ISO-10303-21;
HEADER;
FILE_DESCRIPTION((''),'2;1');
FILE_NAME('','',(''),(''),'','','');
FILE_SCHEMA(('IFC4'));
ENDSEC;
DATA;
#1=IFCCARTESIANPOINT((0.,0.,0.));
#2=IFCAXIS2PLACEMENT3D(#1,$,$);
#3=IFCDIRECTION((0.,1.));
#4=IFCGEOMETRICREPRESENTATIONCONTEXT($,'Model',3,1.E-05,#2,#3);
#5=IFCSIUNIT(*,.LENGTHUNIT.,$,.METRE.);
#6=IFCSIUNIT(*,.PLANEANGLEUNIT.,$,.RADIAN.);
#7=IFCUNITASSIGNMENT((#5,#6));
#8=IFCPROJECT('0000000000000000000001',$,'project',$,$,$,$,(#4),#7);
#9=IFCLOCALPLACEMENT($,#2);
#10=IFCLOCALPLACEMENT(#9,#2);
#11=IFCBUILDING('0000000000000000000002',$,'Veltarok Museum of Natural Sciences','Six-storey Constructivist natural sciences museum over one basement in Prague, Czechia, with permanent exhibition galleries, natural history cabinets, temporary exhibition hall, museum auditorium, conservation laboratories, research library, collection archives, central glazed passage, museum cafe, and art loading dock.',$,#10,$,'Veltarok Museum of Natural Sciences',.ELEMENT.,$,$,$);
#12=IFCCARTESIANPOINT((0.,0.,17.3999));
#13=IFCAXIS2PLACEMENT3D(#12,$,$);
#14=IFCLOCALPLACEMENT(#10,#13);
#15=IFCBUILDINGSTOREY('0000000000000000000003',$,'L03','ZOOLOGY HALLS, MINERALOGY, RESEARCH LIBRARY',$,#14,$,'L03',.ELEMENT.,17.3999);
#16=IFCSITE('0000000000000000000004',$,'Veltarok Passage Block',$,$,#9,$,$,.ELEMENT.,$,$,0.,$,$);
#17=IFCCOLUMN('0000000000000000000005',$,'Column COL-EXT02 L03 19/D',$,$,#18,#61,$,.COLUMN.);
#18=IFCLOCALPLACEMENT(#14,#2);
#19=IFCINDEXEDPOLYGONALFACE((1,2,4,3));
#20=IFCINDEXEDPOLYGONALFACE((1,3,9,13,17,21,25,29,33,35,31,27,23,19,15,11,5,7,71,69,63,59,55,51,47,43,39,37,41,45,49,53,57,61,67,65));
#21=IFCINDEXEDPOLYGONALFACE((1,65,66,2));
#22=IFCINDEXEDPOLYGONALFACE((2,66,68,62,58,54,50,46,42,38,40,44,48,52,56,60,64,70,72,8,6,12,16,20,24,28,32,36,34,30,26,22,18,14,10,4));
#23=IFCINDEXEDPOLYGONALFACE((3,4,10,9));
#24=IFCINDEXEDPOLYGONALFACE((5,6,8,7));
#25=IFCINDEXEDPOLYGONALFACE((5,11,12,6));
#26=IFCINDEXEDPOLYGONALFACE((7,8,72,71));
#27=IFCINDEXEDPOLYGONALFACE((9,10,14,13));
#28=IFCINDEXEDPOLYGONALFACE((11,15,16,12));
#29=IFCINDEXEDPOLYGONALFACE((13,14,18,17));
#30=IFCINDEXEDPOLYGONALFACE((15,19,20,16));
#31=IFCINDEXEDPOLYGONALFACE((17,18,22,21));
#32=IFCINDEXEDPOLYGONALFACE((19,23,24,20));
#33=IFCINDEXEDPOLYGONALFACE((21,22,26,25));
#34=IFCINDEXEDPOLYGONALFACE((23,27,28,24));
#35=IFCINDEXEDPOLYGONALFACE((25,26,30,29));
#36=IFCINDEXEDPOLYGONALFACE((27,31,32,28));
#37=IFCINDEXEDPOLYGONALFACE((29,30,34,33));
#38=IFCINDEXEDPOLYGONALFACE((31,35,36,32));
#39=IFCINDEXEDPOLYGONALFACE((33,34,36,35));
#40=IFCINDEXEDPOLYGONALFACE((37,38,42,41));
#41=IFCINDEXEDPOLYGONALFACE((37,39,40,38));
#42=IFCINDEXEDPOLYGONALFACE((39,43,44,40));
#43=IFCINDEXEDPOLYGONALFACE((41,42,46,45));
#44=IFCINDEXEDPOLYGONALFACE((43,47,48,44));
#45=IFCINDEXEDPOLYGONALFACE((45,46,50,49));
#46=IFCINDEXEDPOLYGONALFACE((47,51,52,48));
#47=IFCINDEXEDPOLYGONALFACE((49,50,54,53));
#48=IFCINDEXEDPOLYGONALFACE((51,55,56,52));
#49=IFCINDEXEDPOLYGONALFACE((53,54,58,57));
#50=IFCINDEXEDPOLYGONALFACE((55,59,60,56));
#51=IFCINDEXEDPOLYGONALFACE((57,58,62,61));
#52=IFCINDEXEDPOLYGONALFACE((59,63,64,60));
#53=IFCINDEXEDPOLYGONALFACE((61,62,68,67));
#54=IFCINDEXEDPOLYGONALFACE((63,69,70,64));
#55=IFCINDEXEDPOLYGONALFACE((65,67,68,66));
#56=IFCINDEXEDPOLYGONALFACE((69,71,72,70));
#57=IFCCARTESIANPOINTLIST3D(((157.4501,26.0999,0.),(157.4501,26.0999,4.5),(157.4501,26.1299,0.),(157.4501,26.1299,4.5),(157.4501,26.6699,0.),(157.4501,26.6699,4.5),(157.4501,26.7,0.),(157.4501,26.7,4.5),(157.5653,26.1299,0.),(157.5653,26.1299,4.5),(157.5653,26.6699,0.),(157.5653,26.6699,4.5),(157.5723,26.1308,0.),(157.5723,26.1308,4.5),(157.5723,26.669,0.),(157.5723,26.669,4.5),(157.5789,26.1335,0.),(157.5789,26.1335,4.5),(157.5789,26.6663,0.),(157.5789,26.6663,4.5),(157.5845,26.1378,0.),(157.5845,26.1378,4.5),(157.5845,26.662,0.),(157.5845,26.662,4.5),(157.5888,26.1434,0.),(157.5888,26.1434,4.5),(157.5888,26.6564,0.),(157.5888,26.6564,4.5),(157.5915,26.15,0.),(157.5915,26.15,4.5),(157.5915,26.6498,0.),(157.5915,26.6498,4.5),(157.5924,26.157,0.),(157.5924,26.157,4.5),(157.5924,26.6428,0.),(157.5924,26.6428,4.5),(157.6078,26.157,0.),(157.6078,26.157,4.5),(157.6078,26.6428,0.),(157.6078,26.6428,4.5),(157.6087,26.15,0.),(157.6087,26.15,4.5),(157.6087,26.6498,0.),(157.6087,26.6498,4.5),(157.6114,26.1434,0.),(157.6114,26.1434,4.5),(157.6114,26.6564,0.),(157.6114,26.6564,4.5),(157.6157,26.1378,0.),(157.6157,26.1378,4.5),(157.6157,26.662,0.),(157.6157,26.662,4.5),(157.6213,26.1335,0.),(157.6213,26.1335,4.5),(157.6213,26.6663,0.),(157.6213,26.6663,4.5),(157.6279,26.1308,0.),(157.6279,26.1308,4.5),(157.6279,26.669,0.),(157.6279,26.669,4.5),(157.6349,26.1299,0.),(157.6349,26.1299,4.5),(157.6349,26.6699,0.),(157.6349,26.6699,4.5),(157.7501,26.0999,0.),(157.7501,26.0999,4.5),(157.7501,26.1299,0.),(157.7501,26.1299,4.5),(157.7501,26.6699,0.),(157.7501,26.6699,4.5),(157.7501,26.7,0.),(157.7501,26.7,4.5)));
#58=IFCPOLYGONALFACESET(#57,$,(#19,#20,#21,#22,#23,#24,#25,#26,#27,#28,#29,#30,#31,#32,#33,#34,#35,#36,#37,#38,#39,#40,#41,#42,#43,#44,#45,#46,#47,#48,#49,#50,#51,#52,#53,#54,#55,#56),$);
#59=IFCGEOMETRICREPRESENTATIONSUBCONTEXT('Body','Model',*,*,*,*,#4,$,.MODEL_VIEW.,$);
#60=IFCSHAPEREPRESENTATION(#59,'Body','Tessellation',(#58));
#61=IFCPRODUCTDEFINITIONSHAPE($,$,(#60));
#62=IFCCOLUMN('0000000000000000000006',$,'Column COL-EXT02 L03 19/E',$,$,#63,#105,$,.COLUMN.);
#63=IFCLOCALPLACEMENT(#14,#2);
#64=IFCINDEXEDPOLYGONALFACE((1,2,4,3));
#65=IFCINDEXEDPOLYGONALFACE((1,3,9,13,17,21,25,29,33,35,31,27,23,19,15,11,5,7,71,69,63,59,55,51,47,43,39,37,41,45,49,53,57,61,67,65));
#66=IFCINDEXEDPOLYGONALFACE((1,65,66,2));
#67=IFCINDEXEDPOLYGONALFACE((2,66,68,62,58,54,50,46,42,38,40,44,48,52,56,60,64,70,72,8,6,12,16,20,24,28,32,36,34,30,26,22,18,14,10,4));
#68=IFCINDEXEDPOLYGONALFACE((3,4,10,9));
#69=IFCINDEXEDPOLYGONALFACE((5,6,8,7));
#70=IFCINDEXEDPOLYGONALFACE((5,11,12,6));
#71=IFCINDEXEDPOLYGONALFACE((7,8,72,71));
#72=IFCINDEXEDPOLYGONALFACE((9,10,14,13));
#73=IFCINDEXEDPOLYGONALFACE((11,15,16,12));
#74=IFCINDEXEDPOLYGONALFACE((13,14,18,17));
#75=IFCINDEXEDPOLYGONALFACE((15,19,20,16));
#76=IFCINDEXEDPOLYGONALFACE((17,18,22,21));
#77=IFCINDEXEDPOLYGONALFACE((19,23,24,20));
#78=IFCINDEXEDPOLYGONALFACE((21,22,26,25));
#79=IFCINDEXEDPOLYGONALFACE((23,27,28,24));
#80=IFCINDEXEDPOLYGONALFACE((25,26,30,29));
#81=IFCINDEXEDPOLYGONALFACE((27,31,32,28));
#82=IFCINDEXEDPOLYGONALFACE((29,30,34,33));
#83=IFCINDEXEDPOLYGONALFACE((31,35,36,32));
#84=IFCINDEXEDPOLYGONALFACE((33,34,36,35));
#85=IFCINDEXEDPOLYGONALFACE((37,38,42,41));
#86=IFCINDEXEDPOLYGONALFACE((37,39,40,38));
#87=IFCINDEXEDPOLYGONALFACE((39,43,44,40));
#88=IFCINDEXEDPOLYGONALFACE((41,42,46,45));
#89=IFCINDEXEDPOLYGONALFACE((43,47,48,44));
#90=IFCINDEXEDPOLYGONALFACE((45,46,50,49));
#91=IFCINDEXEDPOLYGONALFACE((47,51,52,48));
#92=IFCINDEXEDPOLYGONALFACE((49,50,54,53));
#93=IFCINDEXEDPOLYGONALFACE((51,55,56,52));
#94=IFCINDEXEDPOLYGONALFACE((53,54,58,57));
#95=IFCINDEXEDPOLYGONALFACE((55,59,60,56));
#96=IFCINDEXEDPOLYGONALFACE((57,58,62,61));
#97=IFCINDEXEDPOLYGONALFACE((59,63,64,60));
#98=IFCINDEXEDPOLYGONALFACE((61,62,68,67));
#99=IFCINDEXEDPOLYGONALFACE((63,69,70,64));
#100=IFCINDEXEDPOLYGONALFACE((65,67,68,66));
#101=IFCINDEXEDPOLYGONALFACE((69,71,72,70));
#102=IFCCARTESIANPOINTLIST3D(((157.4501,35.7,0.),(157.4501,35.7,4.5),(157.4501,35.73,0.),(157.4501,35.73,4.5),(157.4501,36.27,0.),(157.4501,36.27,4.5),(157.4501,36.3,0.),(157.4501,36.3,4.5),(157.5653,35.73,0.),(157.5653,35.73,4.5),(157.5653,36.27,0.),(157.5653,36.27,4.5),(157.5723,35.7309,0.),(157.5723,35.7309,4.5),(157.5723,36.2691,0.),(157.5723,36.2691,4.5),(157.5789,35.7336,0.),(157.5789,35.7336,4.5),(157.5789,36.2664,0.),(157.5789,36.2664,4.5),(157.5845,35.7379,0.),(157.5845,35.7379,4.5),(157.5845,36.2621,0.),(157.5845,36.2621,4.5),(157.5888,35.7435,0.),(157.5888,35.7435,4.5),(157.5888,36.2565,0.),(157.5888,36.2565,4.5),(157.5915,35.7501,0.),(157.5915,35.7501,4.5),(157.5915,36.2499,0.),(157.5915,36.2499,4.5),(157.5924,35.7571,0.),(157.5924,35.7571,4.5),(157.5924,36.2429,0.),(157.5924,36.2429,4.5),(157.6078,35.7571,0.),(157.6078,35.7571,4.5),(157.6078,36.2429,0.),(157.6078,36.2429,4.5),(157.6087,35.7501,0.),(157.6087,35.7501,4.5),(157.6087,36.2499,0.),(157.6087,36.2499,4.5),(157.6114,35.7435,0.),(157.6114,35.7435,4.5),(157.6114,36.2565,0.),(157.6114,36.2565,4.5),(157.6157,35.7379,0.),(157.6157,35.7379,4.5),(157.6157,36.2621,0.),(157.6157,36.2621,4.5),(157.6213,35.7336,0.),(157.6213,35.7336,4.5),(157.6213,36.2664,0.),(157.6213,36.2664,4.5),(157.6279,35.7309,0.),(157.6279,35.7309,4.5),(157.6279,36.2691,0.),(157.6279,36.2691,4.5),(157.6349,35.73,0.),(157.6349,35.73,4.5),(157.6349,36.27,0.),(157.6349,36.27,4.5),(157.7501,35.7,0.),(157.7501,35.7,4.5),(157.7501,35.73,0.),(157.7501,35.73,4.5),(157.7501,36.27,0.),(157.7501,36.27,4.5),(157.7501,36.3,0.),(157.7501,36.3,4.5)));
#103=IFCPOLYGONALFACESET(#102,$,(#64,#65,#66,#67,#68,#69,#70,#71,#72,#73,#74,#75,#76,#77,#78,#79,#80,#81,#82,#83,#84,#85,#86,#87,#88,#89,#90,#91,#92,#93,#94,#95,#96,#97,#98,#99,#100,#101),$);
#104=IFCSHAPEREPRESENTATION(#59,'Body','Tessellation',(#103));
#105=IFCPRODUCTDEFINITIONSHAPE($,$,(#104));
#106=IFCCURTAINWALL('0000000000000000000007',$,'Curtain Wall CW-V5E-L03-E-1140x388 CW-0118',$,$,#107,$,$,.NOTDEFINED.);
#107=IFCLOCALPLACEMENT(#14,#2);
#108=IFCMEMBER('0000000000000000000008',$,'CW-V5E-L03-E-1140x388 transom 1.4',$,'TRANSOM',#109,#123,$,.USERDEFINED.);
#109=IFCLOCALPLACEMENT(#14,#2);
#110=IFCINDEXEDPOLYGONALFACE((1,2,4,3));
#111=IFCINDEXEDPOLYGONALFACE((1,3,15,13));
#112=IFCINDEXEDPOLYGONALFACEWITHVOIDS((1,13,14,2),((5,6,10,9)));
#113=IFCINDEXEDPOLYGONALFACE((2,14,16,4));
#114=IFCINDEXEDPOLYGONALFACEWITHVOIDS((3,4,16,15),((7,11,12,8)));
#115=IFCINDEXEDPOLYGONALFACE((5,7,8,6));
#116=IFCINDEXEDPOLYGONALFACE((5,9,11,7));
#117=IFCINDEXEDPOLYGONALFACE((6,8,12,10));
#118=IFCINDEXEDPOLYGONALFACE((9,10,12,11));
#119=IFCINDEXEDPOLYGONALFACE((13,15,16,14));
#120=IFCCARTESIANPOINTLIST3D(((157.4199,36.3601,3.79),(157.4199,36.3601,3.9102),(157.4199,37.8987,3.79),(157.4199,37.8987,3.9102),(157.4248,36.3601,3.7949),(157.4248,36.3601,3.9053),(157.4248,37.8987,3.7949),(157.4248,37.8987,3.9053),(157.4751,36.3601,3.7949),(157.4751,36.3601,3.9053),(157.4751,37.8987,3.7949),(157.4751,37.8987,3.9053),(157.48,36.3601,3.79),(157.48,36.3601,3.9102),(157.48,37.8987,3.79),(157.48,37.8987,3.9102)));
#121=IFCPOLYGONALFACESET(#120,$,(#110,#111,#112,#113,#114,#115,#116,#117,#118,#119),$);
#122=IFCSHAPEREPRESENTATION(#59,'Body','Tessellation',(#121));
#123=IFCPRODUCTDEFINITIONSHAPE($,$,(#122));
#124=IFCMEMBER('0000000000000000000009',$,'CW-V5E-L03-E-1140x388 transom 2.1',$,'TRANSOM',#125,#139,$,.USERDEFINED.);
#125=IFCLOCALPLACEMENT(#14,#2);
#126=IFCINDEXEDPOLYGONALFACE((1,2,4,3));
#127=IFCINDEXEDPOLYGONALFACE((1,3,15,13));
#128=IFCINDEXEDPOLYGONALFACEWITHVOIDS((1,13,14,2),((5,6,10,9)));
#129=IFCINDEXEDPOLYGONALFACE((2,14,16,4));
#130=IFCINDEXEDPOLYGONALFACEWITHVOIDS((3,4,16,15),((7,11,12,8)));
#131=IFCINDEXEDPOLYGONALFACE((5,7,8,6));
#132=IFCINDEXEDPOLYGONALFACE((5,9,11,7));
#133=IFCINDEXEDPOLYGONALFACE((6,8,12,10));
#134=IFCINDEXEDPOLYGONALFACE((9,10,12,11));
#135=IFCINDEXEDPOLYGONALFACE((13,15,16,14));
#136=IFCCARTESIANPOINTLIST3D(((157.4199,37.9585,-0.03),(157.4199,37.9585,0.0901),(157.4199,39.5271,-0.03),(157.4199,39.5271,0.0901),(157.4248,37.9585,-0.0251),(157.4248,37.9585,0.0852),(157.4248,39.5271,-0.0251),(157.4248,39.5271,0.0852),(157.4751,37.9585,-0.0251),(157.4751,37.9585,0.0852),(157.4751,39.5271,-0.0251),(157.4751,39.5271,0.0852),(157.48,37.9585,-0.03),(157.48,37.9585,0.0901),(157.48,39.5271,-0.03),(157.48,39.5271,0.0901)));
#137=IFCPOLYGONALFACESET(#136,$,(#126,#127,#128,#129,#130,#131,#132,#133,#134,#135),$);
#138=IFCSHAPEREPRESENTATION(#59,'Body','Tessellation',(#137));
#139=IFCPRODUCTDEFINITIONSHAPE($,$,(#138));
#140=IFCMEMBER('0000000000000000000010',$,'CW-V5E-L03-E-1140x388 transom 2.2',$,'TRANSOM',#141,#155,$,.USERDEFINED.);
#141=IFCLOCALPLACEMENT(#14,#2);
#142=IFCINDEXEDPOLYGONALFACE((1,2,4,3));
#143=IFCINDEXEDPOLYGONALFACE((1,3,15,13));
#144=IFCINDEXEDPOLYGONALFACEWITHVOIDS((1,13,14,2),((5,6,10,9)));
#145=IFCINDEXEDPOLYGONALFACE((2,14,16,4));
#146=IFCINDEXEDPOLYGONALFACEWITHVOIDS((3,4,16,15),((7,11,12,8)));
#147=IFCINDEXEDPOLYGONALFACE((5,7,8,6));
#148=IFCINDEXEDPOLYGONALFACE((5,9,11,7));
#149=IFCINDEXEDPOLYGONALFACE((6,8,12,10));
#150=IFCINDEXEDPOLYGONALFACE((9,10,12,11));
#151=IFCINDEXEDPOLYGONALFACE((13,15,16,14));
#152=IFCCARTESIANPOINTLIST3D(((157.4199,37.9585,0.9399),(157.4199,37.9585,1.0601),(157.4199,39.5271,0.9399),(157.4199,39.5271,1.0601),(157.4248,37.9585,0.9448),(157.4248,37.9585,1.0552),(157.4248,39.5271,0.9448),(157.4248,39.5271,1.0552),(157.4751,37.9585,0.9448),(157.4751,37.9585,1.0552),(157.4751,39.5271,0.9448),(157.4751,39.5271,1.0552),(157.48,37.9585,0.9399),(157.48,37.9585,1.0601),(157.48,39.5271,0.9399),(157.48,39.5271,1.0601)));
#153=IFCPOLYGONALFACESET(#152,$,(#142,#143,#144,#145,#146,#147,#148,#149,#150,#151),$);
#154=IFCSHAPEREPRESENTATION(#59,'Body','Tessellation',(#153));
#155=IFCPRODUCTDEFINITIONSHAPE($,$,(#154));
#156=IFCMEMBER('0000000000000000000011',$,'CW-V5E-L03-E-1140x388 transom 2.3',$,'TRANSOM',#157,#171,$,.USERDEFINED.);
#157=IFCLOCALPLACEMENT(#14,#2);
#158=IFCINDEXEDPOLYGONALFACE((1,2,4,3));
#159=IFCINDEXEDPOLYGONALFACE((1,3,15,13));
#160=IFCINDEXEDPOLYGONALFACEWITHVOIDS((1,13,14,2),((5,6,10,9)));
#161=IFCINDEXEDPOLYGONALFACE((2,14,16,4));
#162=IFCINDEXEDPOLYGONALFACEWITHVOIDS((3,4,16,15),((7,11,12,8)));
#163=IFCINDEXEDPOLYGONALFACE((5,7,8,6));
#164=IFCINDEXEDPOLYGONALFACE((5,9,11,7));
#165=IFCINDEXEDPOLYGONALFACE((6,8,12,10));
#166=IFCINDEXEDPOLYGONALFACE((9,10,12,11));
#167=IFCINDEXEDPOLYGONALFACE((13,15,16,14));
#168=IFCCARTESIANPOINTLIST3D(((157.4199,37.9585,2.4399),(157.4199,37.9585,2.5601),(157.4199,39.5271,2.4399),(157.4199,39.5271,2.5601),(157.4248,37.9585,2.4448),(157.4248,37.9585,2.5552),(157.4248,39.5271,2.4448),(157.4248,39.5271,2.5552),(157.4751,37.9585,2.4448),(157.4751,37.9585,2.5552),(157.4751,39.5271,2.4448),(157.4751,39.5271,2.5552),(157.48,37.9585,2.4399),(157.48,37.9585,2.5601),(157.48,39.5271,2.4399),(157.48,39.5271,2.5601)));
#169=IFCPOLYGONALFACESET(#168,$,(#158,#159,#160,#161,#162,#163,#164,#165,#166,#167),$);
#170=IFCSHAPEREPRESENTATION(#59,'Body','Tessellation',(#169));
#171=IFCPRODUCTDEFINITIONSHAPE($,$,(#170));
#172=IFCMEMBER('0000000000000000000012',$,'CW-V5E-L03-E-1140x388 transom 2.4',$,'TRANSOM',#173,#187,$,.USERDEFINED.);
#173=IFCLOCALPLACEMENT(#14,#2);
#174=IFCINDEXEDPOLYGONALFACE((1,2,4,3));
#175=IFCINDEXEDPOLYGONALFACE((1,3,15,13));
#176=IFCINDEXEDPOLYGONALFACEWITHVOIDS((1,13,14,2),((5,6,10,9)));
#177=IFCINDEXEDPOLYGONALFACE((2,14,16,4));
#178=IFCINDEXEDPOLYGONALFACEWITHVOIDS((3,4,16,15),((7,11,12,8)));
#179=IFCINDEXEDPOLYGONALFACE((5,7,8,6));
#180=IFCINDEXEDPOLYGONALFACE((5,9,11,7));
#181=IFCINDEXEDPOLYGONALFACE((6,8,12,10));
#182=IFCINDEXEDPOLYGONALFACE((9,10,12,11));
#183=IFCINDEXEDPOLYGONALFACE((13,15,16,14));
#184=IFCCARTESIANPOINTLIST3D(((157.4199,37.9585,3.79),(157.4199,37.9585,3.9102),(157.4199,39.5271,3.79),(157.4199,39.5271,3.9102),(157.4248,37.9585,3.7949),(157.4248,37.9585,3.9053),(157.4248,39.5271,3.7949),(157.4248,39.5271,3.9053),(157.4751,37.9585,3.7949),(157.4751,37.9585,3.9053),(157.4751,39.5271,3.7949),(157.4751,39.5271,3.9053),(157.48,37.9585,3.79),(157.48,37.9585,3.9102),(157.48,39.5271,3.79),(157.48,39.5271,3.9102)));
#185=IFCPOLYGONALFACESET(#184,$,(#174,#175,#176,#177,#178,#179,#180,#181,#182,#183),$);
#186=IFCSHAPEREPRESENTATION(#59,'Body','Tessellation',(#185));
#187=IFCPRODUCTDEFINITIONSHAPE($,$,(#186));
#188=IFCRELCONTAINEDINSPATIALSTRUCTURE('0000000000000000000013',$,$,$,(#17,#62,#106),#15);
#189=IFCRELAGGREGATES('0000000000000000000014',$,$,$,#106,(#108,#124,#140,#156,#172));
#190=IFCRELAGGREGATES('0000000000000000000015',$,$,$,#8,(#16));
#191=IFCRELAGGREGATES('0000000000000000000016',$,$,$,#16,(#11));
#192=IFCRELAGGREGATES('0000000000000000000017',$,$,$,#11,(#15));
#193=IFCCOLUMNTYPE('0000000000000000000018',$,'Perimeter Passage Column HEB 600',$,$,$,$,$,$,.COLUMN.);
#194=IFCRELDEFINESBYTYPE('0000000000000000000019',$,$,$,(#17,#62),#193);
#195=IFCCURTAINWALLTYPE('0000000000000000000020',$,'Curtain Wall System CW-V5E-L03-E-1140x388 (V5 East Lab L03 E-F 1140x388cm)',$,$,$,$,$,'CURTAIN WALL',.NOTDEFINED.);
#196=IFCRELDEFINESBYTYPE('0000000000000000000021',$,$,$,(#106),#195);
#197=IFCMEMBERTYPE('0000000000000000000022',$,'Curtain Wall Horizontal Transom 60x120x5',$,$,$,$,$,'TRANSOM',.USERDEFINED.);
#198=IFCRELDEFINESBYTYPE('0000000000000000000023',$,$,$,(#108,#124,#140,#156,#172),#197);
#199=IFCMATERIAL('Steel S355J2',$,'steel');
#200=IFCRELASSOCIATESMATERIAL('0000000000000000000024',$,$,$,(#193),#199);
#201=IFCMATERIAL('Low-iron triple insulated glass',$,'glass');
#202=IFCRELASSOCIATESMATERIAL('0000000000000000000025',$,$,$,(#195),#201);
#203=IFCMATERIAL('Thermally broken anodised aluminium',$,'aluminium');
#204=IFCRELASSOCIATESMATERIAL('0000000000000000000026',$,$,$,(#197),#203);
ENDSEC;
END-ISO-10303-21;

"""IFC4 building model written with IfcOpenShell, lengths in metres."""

from ifc_helpers import new_model, si_unit, direction, frame, origin, origin_2d, place, context, subcontext, project, spatial, hollow_rectangle, i_section, extrude, material, material_profile, profile_set, type_object, element, aggregate, save


model = new_model("IFC4")

# Units and contexts
model_context = context("Model", 3, precision=1e-05, world=origin(), true_north=direction((0.0, 1.0)))
body_context = subcontext(model_context, "Body", "Model", "MODEL_VIEW")
ifc_project = project(units=[si_unit("LENGTHUNIT", "METRE"), si_unit("PLANEANGLEUNIT", "RADIAN")], contexts=[model_context])

# Site, building, storey
site_placement = place(None, origin())
site = spatial("IfcSite", under=ifc_project, at=site_placement, Name="Veltarok Passage Block", CompositionType="ELEMENT", RefElevation=0.0)
building_placement = place(site_placement, origin())
building = spatial("IfcBuilding", under=site, at=building_placement, Name="Veltarok Museum of Natural Sciences", Description="Six-storey Constructivist natural sciences museum over one basement in Prague, Czechia, with permanent exhibition galleries, natural history cabinets, temporary exhibition hall, museum auditorium, conservation laboratories, research library, collection archives, central glazed passage, museum cafe, and art loading dock.", LongName="Veltarok Museum of Natural Sciences", CompositionType="ELEMENT")
storey_placement = place(building_placement, frame((0.0, 0.0, 17.3999)))
storey = spatial("IfcBuildingStorey", under=building, at=storey_placement, Name="L03", Description="ZOOLOGY HALLS, MINERALOGY, RESEARCH LIBRARY", LongName="L03", CompositionType="ELEMENT", Elevation=17.3999)

# Columns
ifc_material_1 = material(Name="Steel S355J2", Category="steel")
ifc_material_profile_1 = material_profile(ifc_material_1, i_section(OverallWidth=0.3, OverallDepth=0.6001, WebThickness=0.0154, FlangeThickness=0.03, FilletRadius=0.0271, at=origin_2d()), Name="HEB 600")
ifc_profile_set_1 = profile_set([ifc_material_profile_1], Name="Steel S355J2")
column_type = type_object("IfcColumnType", Name="Perimeter Passage Column HEB 600", PredefinedType="COLUMN", material=ifc_profile_set_1)
for number, where, z_axis, x_axis, name in (
    (1, (157.6001, 26.3999, 0.0), (0.0, 0.0, 1.0), (1.0, 0.0, 0.0), "Column COL-EXT02 L03 19/D"),
    (2, (157.6001, 36.0, 0.0), (0.0, 0.0, 1.0), (1.0, 0.0, 0.0), "Column COL-EXT02 L03 19/E"),
):
    element("IfcColumn", number, at=place(storey_placement, frame(where, z_axis=z_axis, x_axis=x_axis)), inside=storey, type_object=column_type, Name=name, PredefinedType="COLUMN", context=body_context, shape_type="SweptSolid", body=[
        extrude(i_section(OverallWidth=0.3, OverallDepth=0.6001, WebThickness=0.0154, FlangeThickness=0.03, FilletRadius=0.0271, at=origin_2d()), origin(), (0.0, 0.0, 1.0), 4.5),
    ])

# Curtain wall, members
ifc_material_2 = material(Name="Low-iron triple insulated glass", Category="glass")
curtain_wall_type = type_object("IfcCurtainWallType", Name="Curtain Wall System CW-V5E-L03-E-1140x388 (V5 East Lab L03 E-F 1140x388cm)", ElementType="CURTAIN WALL", PredefinedType="NOTDEFINED", material=ifc_material_2)
curtain_wall_placement = place(storey_placement, origin())
curtain_wall = element("IfcCurtainWall", 3, at=curtain_wall_placement, inside=storey, type_object=curtain_wall_type, Name="Curtain Wall CW-V5E-L03-E-1140x388 CW-0118", PredefinedType="NOTDEFINED")
ifc_material_3 = material(Name="Thermally broken anodised aluminium", Category="aluminium")
ifc_material_profile_2 = material_profile(ifc_material_3, hollow_rectangle(XDim=0.0601, YDim=0.1201, WallThickness=0.0049, at=origin_2d()), Name="CW TRANSOM 60x120x5")
ifc_profile_set_2 = profile_set([ifc_material_profile_2], Name="Thermally broken anodised aluminium")
member_type_1 = type_object("IfcMemberType", Name="Curtain Wall Horizontal Transom 60x120x5", ElementType="TRANSOM", PredefinedType="USERDEFINED", material=ifc_profile_set_2)
member_1_placement = place(storey_placement, frame((157.45, 36.3601, 3.8501), z_axis=(0.0, 1.0, 0.0), x_axis=(-1.0, 0.0, 0.0)))
member_1 = element("IfcMember", 4, at=member_1_placement, type_object=member_type_1, Name="CW-V5E-L03-E-1140x388 transom 1.4", ObjectType="TRANSOM", PredefinedType="USERDEFINED", context=body_context, shape_type="SweptSolid", body=[
    extrude(hollow_rectangle(XDim=0.0601, YDim=0.1201, WallThickness=0.0049, at=origin_2d()), origin(), (0.0, 0.0, 1.0), 1.5386),
])
member_2_placement = place(storey_placement, frame((157.45, 37.9585, 0.03), z_axis=(0.0, 1.0, 0.0), x_axis=(-1.0, 0.0, 0.0)))
member_2 = element("IfcMember", 5, at=member_2_placement, type_object=member_type_1, Name="CW-V5E-L03-E-1140x388 transom 2.1", ObjectType="TRANSOM", PredefinedType="USERDEFINED", context=body_context, shape_type="SweptSolid", body=[
    extrude(hollow_rectangle(XDim=0.0601, YDim=0.1201, WallThickness=0.0049, at=origin_2d()), origin(), (0.0, 0.0, 1.0), 1.5686),
])
member_3_placement = place(storey_placement, frame((157.45, 37.9585, 1.0), z_axis=(0.0, 1.0, 0.0), x_axis=(-1.0, 0.0, 0.0)))
member_3 = element("IfcMember", 6, at=member_3_placement, type_object=member_type_1, Name="CW-V5E-L03-E-1140x388 transom 2.2", ObjectType="TRANSOM", PredefinedType="USERDEFINED", context=body_context, shape_type="SweptSolid", body=[
    extrude(hollow_rectangle(XDim=0.0601, YDim=0.1201, WallThickness=0.0049, at=origin_2d()), origin(), (0.0, 0.0, 1.0), 1.5686),
])
member_4_placement = place(storey_placement, frame((157.45, 37.9585, 2.5), z_axis=(0.0, 1.0, 0.0), x_axis=(-1.0, 0.0, 0.0)))
member_4 = element("IfcMember", 7, at=member_4_placement, type_object=member_type_1, Name="CW-V5E-L03-E-1140x388 transom 2.3", ObjectType="TRANSOM", PredefinedType="USERDEFINED", context=body_context, shape_type="SweptSolid", body=[
    extrude(hollow_rectangle(XDim=0.0601, YDim=0.1201, WallThickness=0.0049, at=origin_2d()), origin(), (0.0, 0.0, 1.0), 1.5686),
])
member_5_placement = place(storey_placement, frame((157.45, 37.9585, 3.8501), z_axis=(0.0, 1.0, 0.0), x_axis=(-1.0, 0.0, 0.0)))
member_5 = element("IfcMember", 8, at=member_5_placement, type_object=member_type_1, Name="CW-V5E-L03-E-1140x388 transom 2.4", ObjectType="TRANSOM", PredefinedType="USERDEFINED", context=body_context, shape_type="SweptSolid", body=[
    extrude(hollow_rectangle(XDim=0.0601, YDim=0.1201, WallThickness=0.0049, at=origin_2d()), origin(), (0.0, 0.0, 1.0), 1.5686),
])

aggregate(curtain_wall, [member_1, member_2, member_3, member_4, member_5])

save(model, "model.ifc")
